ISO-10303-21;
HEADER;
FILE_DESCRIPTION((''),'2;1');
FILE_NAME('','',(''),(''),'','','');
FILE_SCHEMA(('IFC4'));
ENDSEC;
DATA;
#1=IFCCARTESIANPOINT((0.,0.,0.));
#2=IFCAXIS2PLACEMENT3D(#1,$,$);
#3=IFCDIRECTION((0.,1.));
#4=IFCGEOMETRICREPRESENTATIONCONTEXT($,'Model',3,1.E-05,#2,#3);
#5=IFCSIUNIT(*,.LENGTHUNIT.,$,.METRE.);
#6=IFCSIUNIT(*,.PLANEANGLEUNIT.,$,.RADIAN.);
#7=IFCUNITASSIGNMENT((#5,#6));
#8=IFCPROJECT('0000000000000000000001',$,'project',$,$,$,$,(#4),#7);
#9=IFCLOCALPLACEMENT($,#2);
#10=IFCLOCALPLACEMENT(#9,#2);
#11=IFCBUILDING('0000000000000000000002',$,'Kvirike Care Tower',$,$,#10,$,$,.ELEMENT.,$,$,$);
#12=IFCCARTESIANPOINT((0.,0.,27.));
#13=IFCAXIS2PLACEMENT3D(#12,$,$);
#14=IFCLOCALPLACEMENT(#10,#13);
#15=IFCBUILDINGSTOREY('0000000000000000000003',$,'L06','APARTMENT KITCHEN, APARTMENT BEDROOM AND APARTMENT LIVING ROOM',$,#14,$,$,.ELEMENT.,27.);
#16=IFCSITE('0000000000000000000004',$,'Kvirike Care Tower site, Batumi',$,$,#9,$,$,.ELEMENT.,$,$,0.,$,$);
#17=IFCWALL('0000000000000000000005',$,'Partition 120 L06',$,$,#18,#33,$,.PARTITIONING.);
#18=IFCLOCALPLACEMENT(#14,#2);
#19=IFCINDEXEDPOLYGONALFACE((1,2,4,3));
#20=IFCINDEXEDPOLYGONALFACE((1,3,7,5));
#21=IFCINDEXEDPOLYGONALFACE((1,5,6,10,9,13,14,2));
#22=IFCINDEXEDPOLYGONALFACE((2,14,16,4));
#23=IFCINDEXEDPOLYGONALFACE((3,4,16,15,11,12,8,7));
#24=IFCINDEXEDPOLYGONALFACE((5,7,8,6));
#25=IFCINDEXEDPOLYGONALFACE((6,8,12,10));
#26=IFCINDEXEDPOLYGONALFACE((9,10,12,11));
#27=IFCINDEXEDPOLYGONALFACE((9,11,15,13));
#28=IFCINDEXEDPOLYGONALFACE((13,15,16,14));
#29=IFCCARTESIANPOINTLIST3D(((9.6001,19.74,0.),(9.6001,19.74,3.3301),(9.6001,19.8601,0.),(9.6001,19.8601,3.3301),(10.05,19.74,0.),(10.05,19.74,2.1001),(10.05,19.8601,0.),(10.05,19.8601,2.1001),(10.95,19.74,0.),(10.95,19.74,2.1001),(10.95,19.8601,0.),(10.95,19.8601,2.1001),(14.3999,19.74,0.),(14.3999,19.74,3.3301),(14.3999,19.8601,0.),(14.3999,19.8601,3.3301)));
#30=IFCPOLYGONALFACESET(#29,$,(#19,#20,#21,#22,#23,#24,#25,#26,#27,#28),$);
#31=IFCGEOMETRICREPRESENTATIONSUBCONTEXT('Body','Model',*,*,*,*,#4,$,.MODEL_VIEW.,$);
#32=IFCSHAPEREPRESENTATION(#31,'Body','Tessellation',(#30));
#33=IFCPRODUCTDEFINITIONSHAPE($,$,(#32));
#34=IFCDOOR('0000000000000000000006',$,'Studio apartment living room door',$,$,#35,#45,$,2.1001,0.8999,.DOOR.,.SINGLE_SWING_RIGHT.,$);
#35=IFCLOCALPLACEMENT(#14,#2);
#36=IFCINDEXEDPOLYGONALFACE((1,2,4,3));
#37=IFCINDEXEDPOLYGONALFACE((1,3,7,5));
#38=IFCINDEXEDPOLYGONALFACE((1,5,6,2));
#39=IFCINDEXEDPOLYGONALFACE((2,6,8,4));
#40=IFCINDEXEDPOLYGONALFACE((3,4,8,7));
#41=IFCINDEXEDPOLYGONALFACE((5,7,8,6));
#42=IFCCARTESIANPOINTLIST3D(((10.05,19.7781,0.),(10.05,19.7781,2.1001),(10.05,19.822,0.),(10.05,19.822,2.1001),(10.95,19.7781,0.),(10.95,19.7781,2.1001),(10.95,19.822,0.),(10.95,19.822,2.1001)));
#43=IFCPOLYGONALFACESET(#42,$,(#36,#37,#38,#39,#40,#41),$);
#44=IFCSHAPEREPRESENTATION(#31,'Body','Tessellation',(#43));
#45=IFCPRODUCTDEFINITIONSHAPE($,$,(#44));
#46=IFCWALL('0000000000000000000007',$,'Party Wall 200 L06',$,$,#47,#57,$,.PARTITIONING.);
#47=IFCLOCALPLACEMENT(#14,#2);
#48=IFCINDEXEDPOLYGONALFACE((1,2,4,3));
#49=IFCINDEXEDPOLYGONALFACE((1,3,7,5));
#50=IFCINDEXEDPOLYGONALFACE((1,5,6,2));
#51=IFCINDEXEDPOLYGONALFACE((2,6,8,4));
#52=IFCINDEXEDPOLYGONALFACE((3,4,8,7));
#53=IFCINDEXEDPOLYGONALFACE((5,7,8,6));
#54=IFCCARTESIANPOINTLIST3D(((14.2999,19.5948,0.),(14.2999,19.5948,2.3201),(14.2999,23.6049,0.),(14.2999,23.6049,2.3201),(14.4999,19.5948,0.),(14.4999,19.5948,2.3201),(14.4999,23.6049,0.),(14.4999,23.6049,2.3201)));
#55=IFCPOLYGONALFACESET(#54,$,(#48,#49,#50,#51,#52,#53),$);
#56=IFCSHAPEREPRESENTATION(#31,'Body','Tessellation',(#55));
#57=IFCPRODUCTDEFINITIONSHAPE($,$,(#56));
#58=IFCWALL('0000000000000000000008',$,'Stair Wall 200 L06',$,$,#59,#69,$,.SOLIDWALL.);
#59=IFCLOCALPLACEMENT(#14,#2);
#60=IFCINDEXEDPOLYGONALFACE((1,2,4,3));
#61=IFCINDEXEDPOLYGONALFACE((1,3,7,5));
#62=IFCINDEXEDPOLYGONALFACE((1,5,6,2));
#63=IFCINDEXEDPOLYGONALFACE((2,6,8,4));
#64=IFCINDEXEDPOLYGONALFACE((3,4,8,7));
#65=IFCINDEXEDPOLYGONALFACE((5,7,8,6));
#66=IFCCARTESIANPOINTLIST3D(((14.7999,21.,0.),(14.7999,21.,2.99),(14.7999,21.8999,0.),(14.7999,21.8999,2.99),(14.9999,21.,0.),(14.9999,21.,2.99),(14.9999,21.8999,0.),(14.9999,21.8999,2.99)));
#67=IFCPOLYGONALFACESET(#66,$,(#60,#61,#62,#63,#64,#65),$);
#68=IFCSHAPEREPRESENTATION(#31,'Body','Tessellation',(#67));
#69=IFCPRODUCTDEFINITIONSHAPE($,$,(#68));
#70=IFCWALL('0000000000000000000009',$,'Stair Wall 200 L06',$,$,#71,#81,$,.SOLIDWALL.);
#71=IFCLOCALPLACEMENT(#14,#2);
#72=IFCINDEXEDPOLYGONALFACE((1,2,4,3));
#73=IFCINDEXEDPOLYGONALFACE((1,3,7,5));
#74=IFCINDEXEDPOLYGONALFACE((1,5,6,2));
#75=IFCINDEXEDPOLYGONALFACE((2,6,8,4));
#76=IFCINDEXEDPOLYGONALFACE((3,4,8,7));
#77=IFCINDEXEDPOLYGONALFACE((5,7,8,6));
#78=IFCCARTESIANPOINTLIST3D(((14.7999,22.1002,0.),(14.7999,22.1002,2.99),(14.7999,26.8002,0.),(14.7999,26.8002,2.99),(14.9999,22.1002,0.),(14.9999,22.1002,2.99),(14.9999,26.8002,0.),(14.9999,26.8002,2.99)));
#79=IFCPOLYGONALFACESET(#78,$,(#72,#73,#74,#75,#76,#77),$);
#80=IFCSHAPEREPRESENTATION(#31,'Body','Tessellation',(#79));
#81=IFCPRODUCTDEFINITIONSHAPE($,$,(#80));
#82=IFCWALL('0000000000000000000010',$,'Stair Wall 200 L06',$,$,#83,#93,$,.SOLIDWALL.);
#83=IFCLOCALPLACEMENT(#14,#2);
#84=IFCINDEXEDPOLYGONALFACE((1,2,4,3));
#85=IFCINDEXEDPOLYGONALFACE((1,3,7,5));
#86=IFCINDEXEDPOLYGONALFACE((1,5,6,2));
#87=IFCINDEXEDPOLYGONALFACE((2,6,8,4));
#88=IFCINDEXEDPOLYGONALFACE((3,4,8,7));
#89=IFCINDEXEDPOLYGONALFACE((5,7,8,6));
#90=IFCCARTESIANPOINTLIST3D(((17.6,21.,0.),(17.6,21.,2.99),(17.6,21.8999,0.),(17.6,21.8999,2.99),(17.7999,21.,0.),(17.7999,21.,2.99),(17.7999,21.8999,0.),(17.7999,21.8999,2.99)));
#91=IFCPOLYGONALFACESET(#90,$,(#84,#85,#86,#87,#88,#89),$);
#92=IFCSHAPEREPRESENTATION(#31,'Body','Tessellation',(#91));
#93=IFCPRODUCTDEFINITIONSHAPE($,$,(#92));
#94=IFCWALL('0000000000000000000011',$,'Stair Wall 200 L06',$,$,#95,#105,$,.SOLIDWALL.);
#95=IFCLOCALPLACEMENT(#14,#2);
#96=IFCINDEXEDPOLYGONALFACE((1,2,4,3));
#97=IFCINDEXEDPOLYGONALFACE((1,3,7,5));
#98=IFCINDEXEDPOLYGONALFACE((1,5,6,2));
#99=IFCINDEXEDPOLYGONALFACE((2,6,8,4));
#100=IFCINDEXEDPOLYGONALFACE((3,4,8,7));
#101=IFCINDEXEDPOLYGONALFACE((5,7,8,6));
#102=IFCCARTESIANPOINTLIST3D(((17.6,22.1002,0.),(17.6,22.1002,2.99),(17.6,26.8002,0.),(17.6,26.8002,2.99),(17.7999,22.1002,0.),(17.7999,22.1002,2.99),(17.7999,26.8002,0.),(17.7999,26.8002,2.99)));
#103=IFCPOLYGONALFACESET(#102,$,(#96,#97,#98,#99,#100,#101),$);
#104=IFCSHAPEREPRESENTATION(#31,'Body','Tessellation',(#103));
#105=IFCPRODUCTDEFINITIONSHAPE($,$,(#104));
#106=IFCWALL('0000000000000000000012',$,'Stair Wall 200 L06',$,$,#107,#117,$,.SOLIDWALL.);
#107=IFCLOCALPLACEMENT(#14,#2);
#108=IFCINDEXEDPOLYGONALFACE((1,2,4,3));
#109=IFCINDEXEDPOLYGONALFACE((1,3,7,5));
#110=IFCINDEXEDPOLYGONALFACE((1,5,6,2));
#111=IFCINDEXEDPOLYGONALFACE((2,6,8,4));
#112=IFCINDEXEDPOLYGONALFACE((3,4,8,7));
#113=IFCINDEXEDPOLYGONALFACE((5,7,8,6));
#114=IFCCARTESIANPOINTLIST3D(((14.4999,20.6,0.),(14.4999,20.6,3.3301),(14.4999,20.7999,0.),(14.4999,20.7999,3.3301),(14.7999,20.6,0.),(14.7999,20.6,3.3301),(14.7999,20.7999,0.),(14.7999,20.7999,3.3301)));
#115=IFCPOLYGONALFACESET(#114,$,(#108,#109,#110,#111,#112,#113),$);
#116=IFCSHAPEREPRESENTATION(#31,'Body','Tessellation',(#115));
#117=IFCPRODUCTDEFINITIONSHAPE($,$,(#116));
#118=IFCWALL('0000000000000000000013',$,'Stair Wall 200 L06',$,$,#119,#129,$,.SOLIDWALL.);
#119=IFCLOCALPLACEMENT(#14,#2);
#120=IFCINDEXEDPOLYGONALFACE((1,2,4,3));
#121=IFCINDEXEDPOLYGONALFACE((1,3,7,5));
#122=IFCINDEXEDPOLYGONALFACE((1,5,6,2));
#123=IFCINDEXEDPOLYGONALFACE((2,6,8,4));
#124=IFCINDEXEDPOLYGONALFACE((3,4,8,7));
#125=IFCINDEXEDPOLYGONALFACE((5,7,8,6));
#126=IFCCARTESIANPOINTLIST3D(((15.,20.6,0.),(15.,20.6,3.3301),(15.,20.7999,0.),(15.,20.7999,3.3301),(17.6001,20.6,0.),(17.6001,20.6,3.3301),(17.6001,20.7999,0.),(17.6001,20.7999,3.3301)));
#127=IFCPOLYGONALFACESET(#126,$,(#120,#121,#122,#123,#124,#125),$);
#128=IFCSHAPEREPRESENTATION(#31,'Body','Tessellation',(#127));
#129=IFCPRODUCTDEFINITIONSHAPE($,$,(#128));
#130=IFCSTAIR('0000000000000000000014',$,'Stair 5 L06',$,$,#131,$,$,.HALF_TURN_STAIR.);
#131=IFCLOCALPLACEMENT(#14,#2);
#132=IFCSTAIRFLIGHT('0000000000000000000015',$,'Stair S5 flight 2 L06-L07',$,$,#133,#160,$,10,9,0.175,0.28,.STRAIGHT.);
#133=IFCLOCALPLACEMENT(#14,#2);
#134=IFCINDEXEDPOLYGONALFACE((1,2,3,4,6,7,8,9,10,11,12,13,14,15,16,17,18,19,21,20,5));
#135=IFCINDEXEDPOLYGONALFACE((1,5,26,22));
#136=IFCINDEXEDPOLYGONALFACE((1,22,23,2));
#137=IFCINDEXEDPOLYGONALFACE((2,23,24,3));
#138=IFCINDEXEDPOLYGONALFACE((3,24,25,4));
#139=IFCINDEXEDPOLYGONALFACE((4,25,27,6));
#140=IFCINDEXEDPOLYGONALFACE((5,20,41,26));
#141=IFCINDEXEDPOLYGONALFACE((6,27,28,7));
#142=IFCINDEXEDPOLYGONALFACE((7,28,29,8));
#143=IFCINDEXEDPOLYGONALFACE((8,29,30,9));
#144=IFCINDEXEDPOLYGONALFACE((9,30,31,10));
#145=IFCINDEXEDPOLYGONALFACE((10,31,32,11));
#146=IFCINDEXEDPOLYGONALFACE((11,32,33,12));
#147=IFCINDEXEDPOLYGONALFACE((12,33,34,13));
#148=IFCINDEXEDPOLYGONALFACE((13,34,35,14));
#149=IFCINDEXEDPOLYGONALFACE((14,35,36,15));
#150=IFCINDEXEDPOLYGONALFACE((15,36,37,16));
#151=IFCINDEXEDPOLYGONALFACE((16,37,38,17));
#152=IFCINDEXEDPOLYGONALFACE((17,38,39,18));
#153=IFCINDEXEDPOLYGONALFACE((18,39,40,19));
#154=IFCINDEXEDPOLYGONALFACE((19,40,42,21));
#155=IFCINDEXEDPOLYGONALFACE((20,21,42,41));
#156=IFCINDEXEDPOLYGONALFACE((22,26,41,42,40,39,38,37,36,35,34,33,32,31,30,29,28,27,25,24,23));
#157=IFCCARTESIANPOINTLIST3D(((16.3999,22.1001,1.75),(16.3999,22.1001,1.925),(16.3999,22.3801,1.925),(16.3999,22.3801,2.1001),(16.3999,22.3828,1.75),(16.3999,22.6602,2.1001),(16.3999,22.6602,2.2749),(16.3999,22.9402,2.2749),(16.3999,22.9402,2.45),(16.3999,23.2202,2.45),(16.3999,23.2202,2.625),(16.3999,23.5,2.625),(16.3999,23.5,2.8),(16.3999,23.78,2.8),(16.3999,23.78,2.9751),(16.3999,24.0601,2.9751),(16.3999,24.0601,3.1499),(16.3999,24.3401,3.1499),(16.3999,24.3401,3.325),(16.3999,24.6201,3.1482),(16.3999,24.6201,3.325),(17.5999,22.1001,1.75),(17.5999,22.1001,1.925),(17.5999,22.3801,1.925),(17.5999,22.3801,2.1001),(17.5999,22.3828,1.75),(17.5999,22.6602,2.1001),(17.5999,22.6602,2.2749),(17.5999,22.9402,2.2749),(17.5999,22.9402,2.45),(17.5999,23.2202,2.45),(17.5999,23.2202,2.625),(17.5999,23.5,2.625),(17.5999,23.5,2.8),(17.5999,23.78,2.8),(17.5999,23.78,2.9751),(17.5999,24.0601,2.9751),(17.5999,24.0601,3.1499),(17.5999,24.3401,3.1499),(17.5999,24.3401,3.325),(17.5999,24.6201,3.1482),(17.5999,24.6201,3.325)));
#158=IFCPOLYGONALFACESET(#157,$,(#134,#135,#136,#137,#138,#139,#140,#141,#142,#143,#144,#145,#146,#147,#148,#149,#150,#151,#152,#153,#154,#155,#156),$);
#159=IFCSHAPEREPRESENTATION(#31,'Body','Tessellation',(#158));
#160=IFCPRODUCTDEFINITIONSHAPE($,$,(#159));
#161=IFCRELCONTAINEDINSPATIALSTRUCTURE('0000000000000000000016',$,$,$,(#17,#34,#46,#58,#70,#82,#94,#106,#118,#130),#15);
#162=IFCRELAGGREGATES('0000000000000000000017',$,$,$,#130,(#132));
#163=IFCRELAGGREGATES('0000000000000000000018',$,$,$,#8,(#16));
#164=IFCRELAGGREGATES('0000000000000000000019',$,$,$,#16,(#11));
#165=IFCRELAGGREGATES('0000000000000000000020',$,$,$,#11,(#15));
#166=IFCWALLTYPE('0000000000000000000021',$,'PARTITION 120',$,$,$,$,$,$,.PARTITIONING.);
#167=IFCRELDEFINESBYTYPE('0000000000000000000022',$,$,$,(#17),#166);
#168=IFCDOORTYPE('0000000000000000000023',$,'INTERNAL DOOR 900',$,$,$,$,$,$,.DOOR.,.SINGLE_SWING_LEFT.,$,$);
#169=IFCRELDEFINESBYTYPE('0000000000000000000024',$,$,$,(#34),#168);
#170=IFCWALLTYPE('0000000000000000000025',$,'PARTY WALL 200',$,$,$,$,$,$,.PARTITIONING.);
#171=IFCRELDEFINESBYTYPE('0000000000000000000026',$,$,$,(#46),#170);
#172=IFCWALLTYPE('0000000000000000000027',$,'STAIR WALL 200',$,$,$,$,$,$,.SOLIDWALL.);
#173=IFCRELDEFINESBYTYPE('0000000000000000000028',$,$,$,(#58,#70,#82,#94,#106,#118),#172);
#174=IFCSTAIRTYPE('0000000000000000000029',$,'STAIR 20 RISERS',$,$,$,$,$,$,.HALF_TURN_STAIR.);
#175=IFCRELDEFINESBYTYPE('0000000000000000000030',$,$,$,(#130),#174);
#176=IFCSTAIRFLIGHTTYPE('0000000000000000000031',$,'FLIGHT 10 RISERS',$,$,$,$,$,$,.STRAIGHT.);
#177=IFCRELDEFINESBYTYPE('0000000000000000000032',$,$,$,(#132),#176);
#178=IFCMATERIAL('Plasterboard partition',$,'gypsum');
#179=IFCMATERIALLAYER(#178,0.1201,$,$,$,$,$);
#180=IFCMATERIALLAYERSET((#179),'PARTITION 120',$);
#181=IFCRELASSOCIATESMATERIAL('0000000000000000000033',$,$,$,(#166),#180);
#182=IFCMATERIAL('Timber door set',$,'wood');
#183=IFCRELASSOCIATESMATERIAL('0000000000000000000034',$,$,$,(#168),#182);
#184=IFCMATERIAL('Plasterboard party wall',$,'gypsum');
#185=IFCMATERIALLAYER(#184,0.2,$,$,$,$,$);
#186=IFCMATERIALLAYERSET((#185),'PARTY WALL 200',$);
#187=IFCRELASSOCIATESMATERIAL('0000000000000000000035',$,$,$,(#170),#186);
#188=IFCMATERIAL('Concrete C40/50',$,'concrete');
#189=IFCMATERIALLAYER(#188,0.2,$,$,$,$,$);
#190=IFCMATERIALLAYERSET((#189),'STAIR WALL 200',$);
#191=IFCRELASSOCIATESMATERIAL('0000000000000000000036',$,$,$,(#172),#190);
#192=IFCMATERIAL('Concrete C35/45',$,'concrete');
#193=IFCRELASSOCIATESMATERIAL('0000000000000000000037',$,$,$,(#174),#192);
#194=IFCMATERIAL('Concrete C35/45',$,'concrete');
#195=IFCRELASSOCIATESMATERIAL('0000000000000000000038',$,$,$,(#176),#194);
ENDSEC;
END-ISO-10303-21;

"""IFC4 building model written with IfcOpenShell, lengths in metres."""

from ifc_helpers import new_model, si_unit, direction, frame, frame_2d, origin, place, context, subcontext, project, spatial, polyline, rectangle, outline, extrude, material, layer, layer_set, type_object, element, fill, aggregate, save


model = new_model("IFC4")

# Units and contexts
model_context = context("Model", 3, precision=1e-05, world=origin(), true_north=direction((0.0, 1.0)))
body_context = subcontext(model_context, "Body", "Model", "MODEL_VIEW")
ifc_project = project(units=[si_unit("LENGTHUNIT", "METRE"), si_unit("PLANEANGLEUNIT", "RADIAN")], contexts=[model_context])

# Site, building, storey
site_placement = place(None, origin())
site = spatial("IfcSite", under=ifc_project, at=site_placement, Name="Kvirike Care Tower site, Batumi", CompositionType="ELEMENT", RefElevation=0.0)
building_placement = place(site_placement, origin())
building = spatial("IfcBuilding", under=site, at=building_placement, Name="Kvirike Care Tower", CompositionType="ELEMENT")
storey_placement = place(building_placement, frame((0.0, 0.0, 27.0)))
storey = spatial("IfcBuildingStorey", under=building, at=storey_placement, Name="L06", Description="APARTMENT KITCHEN, APARTMENT BEDROOM AND APARTMENT LIVING ROOM", CompositionType="ELEMENT", Elevation=27.0)

# Wall, opening, door
ifc_material_1 = material(Name="Plasterboard partition", Category="gypsum")
ifc_layer_1 = layer(ifc_material_1, 0.1201)
ifc_layer_set_1 = layer_set([ifc_layer_1], Name="PARTITION 120")
wall_type_1 = type_object("IfcWallType", Name="PARTITION 120", PredefinedType="PARTITIONING", material=ifc_layer_set_1)
wall_1_placement = place(storey_placement, frame((9.6001, 19.8, 0.0), z_axis=(0.0, 0.0, 1.0), x_axis=(1.0, 0.0, 0.0)))
wall_1 = element("IfcWall", 1, at=wall_1_placement, inside=storey, type_object=wall_type_1, Name="Partition 120 L06", PredefinedType="PARTITIONING", context=body_context, shape_type="SweptSolid", body=[
    extrude(rectangle(XDim=4.7998, YDim=0.1201, at=frame_2d((2.3999, 0.0))), origin(), (0.0, 0.0, 1.0), 3.3301),
])
opening_1_placement = place(wall_1_placement, frame((0.45, 0.0, 0.0)))
opening_1 = element("IfcOpeningElement", 2, at=opening_1_placement, cuts=wall_1, PredefinedType="OPENING", context=body_context, shape_type="SweptSolid", body=[
    extrude(rectangle(XDim=0.8999, YDim=2.1001, at=frame_2d((0.45, 1.05))), frame((0.0, 0.0706, 0.0), z_axis=(0.0, -1.0, 0.0), x_axis=(1.0, 0.0, 0.0)), (0.0, 0.0, 1.0), 0.1411),
])
ifc_material_2 = material(Name="Timber door set", Category="wood")
door_type_1 = type_object("IfcDoorType", Name="INTERNAL DOOR 900", OperationType="SINGLE_SWING_LEFT", PredefinedType="DOOR", material=ifc_material_2)
door_1_placement = place(opening_1_placement, origin())
door_1 = element("IfcDoor", 3, at=door_1_placement, inside=storey, type_object=door_type_1, Name="Studio apartment living room door", OperationType="SINGLE_SWING_RIGHT", OverallHeight=2.1001, OverallWidth=0.8999, PredefinedType="DOOR", context=body_context, shape_type="SweptSolid", body=[
    extrude(rectangle(XDim=0.8999, YDim=2.1001, at=frame_2d((0.45, 1.05))), frame((0.0, 0.022, 0.0), z_axis=(0.0, -1.0, 0.0), x_axis=(1.0, 0.0, 0.0)), (0.0, 0.0, 1.0), 0.0439),
])
fill(opening_1, door_1)

# Walls
ifc_material_3 = material(Name="Plasterboard party wall", Category="gypsum")
ifc_layer_2 = layer(ifc_material_3, 0.2)
ifc_layer_set_2 = layer_set([ifc_layer_2], Name="PARTY WALL 200")
wall_type_2 = type_object("IfcWallType", Name="PARTY WALL 200", PredefinedType="PARTITIONING", material=ifc_layer_set_2)
wall_2_placement = place(storey_placement, frame((14.3999, 19.595, 0.0), z_axis=(0.0, 0.0, 1.0), x_axis=(0.0, 1.0, 0.0)))
element("IfcWall", 4, at=wall_2_placement, inside=storey, type_object=wall_type_2, Name="Party Wall 200 L06", PredefinedType="PARTITIONING", context=body_context, shape_type="SweptSolid", body=[
    extrude(rectangle(XDim=4.01, YDim=0.2, at=frame_2d((2.0049, 0.0))), origin(), (0.0, 0.0, 1.0), 2.3201),
])
ifc_material_4 = material(Name="Concrete C40/50", Category="concrete")
ifc_layer_3 = layer(ifc_material_4, 0.2)
ifc_layer_set_3 = layer_set([ifc_layer_3], Name="STAIR WALL 200")
wall_type_3 = type_object("IfcWallType", Name="STAIR WALL 200", PredefinedType="SOLIDWALL", material=ifc_layer_set_3)
wall_3_placement = place(storey_placement, frame((14.8999, 21.0, 0.0), z_axis=(0.0, 0.0, 1.0), x_axis=(0.0, 1.0, 0.0)))
element("IfcWall", 5, at=wall_3_placement, inside=storey, type_object=wall_type_3, Name="Stair Wall 200 L06", PredefinedType="SOLIDWALL", context=body_context, shape_type="SweptSolid", body=[
    extrude(rectangle(XDim=0.8999, YDim=0.2, at=frame_2d((0.45, 0.0))), origin(), (0.0, 0.0, 1.0), 2.99),
])
wall_4_placement = place(storey_placement, frame((14.8999, 22.1001, 0.0), z_axis=(0.0, 0.0, 1.0), x_axis=(0.0, 1.0, 0.0)))
element("IfcWall", 6, at=wall_4_placement, inside=storey, type_object=wall_type_3, Name="Stair Wall 200 L06", PredefinedType="SOLIDWALL", context=body_context, shape_type="SweptSolid", body=[
    extrude(rectangle(XDim=4.7, YDim=0.2, at=frame_2d((2.3501, 0.0))), origin(), (0.0, 0.0, 1.0), 2.99),
])
wall_5_placement = place(storey_placement, frame((17.7, 21.0, 0.0), z_axis=(0.0, 0.0, 1.0), x_axis=(0.0, 1.0, 0.0)))
element("IfcWall", 7, at=wall_5_placement, inside=storey, type_object=wall_type_3, Name="Stair Wall 200 L06", PredefinedType="SOLIDWALL", context=body_context, shape_type="SweptSolid", body=[
    extrude(rectangle(XDim=0.8999, YDim=0.2, at=frame_2d((0.45, 0.0))), origin(), (0.0, 0.0, 1.0), 2.99),
])
wall_6_placement = place(storey_placement, frame((17.7, 22.1001, 0.0), z_axis=(0.0, 0.0, 1.0), x_axis=(0.0, 1.0, 0.0)))
element("IfcWall", 8, at=wall_6_placement, inside=storey, type_object=wall_type_3, Name="Stair Wall 200 L06", PredefinedType="SOLIDWALL", context=body_context, shape_type="SweptSolid", body=[
    extrude(rectangle(XDim=4.7, YDim=0.2, at=frame_2d((2.3501, 0.0))), origin(), (0.0, 0.0, 1.0), 2.99),
])
wall_7_placement = place(storey_placement, frame((14.5, 20.7, 0.0), z_axis=(0.0, 0.0, 1.0), x_axis=(1.0, 0.0, 0.0)))
element("IfcWall", 9, at=wall_7_placement, inside=storey, type_object=wall_type_3, Name="Stair Wall 200 L06", PredefinedType="SOLIDWALL", context=body_context, shape_type="SweptSolid", body=[
    extrude(rectangle(XDim=0.3, YDim=0.2, at=frame_2d((0.1499, 0.0))), origin(), (0.0, 0.0, 1.0), 3.3301),
])
wall_8_placement = place(storey_placement, frame((15.0, 20.7, 0.0), z_axis=(0.0, 0.0, 1.0), x_axis=(1.0, 0.0, 0.0)))
element("IfcWall", 10, at=wall_8_placement, inside=storey, type_object=wall_type_3, Name="Stair Wall 200 L06", PredefinedType="SOLIDWALL", context=body_context, shape_type="SweptSolid", body=[
    extrude(rectangle(XDim=2.6001, YDim=0.2, at=frame_2d((1.3, 0.0))), origin(), (0.0, 0.0, 1.0), 3.3301),
])

# Stair, stair flight
ifc_material_5 = material(Name="Concrete C35/45", Category="concrete")
stair_type = type_object("IfcStairType", Name="STAIR 20 RISERS", PredefinedType="HALF_TURN_STAIR", material=ifc_material_5)
stair_placement = place(storey_placement, origin())
stair = element("IfcStair", 11, at=stair_placement, inside=storey, type_object=stair_type, Name="Stair 5 L06", PredefinedType="HALF_TURN_STAIR")
ifc_material_6 = material(Name="Concrete C35/45", Category="concrete")
stair_flight_type = type_object("IfcStairFlightType", Name="FLIGHT 10 RISERS", PredefinedType="STRAIGHT", material=ifc_material_6)
stair_flight_placement = place(storey_placement, frame((17.0, 22.1001, 1.75), z_axis=(0.0, 0.0, 1.0), x_axis=(0.0, 1.0, 0.0)))
stair_flight = element("IfcStairFlight", 12, at=stair_flight_placement, type_object=stair_flight_type, Name="Stair S5 flight 2 L06-L07", NumberOfRisers=10, NumberOfTreads=9, PredefinedType="STRAIGHT", RiserHeight=0.175, TreadLength=0.28, context=body_context, shape_type="SweptSolid", body=[
    extrude(outline(polyline([(0.0, 0.0), (0.0, 0.175), (0.28, 0.175), (0.28, 0.3501), (0.5601, 0.3501), (0.5601, 0.5249), (0.8401, 0.5249), (0.8401, 0.7), (1.1201, 0.7), (1.1201, 0.875), (1.3999, 0.875), (1.3999, 1.05), (1.6799, 1.05), (1.6799, 1.2251), (1.96, 1.2251), (1.96, 1.3999), (2.24, 1.3999), (2.24, 1.575), (2.52, 1.575), (2.52, 1.75), (2.52, 1.3982), (0.2827, 0.0), (0.0, 0.0)])), frame((0.0, 0.6001, 0.0), z_axis=(0.0, -1.0, 0.0), x_axis=(1.0, 0.0, 0.0)), (0.0, 0.0, 1.0), 1.2),
])
aggregate(stair, [stair_flight])

save(model, "model.ifc")
